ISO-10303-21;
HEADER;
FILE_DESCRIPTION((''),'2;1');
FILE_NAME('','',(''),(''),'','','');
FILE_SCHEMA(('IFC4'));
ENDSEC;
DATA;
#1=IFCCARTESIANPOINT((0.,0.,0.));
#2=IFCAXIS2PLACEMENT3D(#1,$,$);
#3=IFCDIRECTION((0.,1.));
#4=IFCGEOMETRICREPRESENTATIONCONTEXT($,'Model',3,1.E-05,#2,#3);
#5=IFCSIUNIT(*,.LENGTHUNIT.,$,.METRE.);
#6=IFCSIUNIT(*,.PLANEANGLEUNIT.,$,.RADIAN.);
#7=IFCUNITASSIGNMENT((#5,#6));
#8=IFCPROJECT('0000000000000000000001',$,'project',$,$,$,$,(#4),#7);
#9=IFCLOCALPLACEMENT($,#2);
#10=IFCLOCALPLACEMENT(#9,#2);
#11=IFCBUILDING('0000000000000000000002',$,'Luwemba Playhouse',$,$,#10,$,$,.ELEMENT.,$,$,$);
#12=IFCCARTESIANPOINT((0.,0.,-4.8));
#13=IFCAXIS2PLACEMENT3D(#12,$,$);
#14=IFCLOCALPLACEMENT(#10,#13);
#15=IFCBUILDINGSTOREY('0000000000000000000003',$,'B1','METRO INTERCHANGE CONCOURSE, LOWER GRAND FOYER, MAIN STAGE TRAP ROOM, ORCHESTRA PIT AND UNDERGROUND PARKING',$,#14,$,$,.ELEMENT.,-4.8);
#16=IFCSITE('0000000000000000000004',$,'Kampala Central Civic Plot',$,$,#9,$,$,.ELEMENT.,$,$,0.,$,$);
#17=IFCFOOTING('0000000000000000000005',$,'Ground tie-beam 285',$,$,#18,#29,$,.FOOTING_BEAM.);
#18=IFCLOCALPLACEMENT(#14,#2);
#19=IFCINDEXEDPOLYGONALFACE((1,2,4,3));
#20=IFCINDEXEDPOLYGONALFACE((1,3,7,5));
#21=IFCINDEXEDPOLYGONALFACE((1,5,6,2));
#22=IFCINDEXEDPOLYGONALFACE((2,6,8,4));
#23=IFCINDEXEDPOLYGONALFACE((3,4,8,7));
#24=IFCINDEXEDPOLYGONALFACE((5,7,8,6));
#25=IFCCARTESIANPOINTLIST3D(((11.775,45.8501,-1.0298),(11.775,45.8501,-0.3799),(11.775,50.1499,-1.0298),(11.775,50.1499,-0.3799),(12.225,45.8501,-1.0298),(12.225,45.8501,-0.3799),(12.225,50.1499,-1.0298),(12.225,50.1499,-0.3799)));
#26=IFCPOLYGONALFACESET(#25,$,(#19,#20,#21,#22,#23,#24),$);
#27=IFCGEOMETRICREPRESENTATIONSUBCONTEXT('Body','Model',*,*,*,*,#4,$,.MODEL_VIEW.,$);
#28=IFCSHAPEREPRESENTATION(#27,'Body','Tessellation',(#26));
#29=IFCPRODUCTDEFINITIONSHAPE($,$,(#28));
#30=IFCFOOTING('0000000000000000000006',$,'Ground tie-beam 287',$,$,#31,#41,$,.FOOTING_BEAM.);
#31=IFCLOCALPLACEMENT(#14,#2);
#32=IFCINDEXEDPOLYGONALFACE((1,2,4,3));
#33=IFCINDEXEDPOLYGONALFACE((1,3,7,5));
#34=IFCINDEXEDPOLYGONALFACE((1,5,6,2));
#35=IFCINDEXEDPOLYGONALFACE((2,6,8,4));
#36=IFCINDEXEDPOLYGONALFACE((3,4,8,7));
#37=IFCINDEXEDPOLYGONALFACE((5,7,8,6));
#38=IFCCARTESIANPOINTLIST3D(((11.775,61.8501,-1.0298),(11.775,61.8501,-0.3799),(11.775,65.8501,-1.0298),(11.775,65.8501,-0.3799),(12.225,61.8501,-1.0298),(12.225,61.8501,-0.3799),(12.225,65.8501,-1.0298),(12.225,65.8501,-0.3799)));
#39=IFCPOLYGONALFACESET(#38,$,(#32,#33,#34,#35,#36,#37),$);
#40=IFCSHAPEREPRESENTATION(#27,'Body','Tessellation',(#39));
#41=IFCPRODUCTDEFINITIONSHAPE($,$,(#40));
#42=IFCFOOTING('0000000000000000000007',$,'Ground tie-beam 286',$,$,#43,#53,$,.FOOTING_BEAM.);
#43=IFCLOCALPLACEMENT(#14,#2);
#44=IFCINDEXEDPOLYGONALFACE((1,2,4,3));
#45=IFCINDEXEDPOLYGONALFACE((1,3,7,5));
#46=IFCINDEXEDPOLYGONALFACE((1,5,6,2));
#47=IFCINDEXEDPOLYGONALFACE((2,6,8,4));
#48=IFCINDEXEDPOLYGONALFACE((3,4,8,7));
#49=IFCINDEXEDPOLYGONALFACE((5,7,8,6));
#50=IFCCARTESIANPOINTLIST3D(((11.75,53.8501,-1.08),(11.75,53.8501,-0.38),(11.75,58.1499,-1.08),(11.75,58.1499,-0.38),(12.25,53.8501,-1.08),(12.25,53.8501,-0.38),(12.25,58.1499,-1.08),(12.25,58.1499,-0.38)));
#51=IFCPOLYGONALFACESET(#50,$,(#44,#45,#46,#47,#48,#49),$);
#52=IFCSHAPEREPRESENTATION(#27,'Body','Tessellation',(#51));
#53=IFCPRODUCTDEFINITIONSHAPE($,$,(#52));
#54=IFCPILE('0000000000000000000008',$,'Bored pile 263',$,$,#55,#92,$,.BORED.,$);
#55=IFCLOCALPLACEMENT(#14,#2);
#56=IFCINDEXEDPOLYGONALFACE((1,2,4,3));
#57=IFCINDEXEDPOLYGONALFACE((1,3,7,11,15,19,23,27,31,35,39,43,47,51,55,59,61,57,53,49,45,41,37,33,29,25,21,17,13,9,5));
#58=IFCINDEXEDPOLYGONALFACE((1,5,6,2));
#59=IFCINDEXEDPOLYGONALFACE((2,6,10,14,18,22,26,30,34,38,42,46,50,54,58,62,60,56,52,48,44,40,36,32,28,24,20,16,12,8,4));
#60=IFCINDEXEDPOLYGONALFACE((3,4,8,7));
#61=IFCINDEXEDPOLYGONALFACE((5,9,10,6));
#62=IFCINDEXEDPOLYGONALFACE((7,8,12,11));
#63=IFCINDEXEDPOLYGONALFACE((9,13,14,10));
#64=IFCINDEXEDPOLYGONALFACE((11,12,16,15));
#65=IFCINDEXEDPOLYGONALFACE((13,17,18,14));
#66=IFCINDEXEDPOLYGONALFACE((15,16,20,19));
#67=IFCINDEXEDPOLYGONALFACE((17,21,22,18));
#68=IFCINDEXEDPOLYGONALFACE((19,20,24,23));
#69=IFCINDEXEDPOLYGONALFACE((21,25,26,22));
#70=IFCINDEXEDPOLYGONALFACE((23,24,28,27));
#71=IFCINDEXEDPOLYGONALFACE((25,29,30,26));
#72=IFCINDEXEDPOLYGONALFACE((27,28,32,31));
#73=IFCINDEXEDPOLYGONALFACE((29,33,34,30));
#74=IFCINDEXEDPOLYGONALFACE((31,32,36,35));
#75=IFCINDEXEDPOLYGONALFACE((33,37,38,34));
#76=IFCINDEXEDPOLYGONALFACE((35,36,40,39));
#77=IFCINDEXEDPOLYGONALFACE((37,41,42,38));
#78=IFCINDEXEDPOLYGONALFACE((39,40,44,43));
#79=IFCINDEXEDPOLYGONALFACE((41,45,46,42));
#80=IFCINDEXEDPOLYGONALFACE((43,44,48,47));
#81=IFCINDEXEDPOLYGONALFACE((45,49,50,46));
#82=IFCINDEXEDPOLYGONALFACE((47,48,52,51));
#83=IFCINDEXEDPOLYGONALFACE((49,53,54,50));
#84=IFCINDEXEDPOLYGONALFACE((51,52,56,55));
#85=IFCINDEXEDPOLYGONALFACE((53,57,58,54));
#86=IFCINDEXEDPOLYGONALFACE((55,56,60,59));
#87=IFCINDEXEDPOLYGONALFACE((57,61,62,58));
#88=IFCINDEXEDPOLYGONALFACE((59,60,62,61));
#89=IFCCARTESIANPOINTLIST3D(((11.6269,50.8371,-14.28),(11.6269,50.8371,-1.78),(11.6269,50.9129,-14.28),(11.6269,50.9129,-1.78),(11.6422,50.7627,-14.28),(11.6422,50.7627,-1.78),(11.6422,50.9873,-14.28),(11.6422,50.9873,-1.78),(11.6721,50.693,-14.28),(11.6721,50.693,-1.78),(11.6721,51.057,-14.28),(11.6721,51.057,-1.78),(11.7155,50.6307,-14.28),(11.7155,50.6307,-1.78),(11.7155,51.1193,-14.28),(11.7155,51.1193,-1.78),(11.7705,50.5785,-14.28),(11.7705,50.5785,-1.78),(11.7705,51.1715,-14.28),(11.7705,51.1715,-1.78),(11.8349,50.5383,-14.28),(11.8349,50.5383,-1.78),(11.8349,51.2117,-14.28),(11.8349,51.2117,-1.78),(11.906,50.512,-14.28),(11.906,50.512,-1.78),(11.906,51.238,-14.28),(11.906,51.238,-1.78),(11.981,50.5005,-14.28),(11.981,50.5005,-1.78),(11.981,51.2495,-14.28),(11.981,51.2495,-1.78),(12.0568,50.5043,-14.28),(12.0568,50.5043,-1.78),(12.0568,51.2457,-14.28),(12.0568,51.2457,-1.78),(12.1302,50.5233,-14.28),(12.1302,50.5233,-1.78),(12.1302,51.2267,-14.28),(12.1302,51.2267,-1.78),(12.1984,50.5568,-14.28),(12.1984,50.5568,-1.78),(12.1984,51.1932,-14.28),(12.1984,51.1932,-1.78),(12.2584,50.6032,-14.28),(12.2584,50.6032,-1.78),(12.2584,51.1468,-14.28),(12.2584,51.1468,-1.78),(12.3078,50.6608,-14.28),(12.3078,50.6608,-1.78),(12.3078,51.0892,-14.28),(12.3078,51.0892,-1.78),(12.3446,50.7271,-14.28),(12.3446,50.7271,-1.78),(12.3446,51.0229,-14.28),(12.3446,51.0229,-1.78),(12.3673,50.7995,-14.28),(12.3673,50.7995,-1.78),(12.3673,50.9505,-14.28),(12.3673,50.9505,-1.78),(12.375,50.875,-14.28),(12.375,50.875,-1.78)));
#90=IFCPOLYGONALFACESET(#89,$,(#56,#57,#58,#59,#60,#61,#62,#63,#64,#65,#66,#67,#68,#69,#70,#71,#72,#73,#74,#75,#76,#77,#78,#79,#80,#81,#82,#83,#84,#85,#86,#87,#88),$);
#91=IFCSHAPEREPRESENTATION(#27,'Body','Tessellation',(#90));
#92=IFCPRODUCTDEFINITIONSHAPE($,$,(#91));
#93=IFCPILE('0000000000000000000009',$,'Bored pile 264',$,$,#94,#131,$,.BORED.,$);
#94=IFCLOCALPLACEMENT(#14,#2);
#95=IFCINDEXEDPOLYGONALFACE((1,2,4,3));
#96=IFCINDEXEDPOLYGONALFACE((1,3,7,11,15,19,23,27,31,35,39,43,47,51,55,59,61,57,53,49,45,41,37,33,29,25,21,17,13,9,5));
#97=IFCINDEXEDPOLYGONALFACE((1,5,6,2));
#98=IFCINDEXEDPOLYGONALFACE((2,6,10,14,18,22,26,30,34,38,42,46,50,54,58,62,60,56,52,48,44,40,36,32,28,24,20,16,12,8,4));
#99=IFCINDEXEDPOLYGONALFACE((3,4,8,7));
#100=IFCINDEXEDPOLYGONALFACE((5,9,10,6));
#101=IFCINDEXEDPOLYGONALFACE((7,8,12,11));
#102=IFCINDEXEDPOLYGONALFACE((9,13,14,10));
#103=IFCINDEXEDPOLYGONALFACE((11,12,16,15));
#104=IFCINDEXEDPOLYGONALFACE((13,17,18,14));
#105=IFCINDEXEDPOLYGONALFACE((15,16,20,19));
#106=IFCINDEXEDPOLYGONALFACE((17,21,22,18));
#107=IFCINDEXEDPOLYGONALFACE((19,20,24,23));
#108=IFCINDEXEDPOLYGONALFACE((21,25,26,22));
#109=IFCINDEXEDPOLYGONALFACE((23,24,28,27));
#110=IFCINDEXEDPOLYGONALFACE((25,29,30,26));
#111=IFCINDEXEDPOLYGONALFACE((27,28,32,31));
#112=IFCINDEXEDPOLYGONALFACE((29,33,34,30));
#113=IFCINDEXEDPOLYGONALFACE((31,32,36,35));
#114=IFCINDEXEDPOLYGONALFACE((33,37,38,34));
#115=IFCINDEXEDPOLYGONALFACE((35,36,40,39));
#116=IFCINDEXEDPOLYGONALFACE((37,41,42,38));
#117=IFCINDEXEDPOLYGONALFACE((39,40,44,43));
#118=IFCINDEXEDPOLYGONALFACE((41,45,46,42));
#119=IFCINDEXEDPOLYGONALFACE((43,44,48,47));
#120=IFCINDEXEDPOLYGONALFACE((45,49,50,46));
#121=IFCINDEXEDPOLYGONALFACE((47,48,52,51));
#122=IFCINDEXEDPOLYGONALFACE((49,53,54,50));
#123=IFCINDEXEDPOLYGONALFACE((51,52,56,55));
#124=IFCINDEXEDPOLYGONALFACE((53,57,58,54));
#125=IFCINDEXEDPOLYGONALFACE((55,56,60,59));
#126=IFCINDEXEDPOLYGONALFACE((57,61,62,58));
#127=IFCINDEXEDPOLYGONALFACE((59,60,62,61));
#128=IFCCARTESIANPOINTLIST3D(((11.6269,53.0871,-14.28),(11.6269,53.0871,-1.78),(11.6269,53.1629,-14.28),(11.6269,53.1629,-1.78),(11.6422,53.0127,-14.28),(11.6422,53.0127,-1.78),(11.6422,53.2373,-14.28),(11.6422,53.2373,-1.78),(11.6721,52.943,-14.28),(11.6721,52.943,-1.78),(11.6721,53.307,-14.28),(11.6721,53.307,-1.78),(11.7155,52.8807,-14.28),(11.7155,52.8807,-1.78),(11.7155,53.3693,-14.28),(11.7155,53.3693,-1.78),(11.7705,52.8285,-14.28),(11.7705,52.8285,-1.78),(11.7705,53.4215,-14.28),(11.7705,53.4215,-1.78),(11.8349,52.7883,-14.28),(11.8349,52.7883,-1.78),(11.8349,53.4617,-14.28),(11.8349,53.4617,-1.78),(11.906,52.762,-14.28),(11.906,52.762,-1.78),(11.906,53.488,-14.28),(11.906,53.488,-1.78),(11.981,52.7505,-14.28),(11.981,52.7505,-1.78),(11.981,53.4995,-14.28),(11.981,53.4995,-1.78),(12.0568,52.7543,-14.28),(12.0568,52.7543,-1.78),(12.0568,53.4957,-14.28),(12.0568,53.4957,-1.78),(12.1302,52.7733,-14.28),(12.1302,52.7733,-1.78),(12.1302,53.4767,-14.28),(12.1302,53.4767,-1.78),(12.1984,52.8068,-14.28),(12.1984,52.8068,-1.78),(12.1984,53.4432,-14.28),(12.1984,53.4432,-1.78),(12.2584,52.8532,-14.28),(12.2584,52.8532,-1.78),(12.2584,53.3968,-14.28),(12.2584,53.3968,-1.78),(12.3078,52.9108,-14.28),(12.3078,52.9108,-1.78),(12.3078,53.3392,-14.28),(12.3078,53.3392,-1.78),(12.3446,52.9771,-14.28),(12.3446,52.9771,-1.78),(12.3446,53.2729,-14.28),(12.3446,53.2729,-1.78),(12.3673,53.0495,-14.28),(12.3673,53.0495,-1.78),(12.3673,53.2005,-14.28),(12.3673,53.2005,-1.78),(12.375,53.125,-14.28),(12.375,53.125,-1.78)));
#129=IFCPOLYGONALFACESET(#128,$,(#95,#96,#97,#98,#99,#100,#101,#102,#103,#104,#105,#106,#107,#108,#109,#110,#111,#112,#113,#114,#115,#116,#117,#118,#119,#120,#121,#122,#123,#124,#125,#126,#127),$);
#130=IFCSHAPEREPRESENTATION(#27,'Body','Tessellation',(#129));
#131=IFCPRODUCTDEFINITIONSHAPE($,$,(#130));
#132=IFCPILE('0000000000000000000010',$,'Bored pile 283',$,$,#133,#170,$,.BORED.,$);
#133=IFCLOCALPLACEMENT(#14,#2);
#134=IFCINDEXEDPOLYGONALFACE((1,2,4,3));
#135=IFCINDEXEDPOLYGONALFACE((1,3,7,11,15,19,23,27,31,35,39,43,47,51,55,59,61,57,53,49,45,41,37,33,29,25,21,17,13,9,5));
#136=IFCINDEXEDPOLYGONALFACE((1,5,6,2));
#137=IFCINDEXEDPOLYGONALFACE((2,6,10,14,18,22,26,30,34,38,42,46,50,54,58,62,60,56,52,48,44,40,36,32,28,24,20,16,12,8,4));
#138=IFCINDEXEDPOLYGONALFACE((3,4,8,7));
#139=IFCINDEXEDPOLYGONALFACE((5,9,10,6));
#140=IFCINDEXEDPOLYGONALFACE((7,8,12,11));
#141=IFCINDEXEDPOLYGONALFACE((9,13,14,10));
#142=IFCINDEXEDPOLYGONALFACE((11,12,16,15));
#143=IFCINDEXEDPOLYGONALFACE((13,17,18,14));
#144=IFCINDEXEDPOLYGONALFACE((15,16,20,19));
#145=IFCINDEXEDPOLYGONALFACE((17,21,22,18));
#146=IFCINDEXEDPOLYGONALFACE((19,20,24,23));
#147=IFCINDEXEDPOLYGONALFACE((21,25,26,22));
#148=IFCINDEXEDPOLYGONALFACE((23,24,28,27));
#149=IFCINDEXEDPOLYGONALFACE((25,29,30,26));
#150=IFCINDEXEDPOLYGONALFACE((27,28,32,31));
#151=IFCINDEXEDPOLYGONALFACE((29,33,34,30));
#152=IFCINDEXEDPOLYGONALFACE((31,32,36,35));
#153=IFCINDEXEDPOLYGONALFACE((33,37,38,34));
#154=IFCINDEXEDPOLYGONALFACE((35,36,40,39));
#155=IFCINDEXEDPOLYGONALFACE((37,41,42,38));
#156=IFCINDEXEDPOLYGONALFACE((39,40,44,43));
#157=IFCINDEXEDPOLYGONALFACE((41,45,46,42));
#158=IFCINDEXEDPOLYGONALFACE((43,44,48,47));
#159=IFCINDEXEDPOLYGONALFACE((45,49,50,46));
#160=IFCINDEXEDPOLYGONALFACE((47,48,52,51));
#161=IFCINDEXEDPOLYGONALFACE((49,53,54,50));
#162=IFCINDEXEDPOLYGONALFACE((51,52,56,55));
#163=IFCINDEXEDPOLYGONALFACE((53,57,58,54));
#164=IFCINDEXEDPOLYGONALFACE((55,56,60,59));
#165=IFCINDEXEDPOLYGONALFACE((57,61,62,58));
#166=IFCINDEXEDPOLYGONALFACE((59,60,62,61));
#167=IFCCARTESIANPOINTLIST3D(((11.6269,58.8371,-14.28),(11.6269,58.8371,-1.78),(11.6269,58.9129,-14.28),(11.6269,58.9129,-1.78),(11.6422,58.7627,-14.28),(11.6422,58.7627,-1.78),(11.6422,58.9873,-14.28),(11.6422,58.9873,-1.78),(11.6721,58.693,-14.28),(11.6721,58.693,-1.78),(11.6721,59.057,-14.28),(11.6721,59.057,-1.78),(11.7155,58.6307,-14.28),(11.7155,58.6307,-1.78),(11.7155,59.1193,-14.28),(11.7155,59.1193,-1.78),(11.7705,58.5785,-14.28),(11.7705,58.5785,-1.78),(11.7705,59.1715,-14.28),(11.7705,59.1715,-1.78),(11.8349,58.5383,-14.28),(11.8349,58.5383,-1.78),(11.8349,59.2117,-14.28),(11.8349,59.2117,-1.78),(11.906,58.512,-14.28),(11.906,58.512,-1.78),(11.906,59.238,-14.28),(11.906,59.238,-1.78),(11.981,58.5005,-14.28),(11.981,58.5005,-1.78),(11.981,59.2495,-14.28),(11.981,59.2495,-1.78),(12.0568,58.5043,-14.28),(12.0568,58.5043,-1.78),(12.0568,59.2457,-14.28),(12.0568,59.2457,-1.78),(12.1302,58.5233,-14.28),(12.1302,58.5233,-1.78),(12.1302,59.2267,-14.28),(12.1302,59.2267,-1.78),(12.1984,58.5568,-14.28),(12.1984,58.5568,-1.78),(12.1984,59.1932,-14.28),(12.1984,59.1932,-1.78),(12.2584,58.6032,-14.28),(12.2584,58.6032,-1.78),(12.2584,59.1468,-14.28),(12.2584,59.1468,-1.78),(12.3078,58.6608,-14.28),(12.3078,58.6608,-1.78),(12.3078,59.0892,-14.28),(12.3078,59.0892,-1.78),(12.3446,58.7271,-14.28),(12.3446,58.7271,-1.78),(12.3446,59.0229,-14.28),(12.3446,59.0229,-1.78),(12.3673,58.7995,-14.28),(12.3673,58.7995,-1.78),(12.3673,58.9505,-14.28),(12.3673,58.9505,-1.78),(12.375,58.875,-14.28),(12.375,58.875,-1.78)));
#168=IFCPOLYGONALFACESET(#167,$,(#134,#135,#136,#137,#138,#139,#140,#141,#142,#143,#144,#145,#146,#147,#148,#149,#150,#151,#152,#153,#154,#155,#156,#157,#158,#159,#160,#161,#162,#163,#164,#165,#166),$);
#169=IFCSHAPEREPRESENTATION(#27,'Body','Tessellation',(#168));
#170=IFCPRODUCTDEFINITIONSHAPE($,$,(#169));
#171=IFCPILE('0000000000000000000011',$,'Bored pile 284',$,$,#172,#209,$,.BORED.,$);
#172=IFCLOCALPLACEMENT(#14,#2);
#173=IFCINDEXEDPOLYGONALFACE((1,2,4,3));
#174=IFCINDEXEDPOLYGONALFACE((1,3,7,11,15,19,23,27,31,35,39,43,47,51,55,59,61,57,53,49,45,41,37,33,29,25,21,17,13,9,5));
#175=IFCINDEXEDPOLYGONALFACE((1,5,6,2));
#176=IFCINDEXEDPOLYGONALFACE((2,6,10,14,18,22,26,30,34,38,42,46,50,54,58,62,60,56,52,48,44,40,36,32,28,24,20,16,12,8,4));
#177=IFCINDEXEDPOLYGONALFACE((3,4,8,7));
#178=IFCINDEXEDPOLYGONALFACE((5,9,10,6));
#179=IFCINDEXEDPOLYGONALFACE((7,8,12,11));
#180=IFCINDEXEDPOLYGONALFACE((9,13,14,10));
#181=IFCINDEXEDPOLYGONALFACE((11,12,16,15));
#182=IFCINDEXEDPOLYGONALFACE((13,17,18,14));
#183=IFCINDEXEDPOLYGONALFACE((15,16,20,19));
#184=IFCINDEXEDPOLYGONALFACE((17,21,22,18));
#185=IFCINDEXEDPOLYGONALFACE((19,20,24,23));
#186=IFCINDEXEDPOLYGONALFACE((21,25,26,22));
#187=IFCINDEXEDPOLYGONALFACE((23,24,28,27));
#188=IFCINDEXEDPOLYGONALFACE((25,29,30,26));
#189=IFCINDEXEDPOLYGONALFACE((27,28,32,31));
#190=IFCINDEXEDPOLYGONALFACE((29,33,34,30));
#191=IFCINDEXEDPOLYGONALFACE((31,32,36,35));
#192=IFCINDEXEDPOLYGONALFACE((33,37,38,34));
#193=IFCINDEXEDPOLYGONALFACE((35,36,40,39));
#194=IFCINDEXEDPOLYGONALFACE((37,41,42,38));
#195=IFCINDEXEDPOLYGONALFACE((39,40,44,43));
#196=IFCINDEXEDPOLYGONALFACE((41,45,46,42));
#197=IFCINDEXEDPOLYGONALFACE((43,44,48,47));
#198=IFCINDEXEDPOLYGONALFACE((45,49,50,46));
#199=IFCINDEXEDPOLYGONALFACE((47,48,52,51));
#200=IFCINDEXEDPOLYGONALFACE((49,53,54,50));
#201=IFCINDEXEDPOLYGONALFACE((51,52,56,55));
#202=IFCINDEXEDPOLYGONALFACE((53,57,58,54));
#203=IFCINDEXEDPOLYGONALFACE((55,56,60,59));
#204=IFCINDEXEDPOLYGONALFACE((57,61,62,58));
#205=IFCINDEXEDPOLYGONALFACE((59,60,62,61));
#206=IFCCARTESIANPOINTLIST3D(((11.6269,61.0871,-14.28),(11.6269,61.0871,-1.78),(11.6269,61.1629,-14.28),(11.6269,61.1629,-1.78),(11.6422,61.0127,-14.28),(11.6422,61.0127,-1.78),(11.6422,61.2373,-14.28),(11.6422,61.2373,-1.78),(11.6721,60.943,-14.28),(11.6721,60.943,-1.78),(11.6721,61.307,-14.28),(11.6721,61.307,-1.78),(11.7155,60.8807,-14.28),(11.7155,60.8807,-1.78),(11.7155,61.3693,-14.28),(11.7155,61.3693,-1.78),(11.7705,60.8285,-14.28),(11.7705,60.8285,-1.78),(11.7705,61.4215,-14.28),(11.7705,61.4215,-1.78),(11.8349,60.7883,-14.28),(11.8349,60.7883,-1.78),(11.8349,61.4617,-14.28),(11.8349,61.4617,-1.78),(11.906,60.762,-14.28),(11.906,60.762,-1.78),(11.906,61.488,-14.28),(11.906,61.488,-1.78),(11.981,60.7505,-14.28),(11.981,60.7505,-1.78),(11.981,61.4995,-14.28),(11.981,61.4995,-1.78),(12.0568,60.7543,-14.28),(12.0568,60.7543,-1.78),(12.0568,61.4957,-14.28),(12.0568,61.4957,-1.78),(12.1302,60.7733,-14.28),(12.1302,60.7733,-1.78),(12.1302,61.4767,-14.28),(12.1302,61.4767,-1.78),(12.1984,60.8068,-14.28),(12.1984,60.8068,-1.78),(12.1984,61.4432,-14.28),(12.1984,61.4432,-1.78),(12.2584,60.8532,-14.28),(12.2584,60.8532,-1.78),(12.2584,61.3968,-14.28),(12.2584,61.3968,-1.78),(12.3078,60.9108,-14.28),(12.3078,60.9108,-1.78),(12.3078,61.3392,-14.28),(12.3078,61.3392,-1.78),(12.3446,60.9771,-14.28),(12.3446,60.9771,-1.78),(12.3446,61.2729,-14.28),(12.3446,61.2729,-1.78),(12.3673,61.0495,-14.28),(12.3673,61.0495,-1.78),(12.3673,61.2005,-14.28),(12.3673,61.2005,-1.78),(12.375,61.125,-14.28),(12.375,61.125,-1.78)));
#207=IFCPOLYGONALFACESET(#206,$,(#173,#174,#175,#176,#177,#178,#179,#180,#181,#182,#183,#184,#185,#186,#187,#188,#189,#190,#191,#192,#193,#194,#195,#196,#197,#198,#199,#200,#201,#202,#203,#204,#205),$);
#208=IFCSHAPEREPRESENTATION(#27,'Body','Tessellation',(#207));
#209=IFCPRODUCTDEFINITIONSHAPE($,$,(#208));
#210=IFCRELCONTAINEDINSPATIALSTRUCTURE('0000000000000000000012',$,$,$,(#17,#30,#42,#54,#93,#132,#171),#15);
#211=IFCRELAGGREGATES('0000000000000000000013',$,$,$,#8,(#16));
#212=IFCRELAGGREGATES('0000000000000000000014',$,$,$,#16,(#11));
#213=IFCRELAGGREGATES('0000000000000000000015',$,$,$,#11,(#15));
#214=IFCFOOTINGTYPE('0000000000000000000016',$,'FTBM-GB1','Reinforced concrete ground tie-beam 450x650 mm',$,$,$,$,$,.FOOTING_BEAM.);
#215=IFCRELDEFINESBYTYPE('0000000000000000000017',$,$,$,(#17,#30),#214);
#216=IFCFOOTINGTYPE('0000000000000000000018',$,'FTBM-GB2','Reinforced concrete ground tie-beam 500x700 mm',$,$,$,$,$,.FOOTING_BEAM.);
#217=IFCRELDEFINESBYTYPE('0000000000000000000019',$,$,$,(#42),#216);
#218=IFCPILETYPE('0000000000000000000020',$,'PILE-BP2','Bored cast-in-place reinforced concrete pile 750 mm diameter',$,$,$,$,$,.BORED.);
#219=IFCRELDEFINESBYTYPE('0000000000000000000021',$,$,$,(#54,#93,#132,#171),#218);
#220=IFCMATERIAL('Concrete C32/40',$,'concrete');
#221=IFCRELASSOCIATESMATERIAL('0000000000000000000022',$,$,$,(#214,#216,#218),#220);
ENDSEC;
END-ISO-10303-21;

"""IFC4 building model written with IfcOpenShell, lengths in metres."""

from ifc_helpers import new_model, si_unit, direction, frame, origin, origin_2d, place, context, subcontext, project, spatial, rectangle, circle, extrude, material, material_profile, profile_set, type_object, element, save


model = new_model("IFC4")

# Units and contexts
model_context = context("Model", 3, precision=1e-05, world=origin(), true_north=direction((0.0, 1.0)))
body_context = subcontext(model_context, "Body", "Model", "MODEL_VIEW")
ifc_project = project(units=[si_unit("LENGTHUNIT", "METRE"), si_unit("PLANEANGLEUNIT", "RADIAN")], contexts=[model_context])

# Site, building, storey
site_placement = place(None, origin())
site = spatial("IfcSite", under=ifc_project, at=site_placement, Name="Kampala Central Civic Plot", CompositionType="ELEMENT", RefElevation=0.0)
building_placement = place(site_placement, origin())
building = spatial("IfcBuilding", under=site, at=building_placement, Name="Luwemba Playhouse", CompositionType="ELEMENT")
storey_placement = place(building_placement, frame((0.0, 0.0, -4.8)))
storey = spatial("IfcBuildingStorey", under=building, at=storey_placement, Name="B1", Description="METRO INTERCHANGE CONCOURSE, LOWER GRAND FOYER, MAIN STAGE TRAP ROOM, ORCHESTRA PIT AND UNDERGROUND PARKING", CompositionType="ELEMENT", Elevation=-4.8)

# Footings
ifc_material_1 = material(Name="Concrete C32/40", Category="concrete")
ifc_material_profile_1 = material_profile(ifc_material_1, rectangle(XDim=0.45, YDim=0.6499, at=origin_2d()))
ifc_profile_set_1 = profile_set([ifc_material_profile_1], Name="Concrete C32/40")
footing_type_1 = type_object("IfcFootingType", Name="FTBM-GB1", Description="Reinforced concrete ground tie-beam 450x650 mm", PredefinedType="FOOTING_BEAM", material=ifc_profile_set_1)
footing_1_placement = place(storey_placement, frame((12.0, 45.8501, -0.7048), z_axis=(0.0, 1.0, 0.0), x_axis=(-1.0, 0.0, 0.0)))
element("IfcFooting", 1, at=footing_1_placement, inside=storey, type_object=footing_type_1, Name="Ground tie-beam 285", PredefinedType="FOOTING_BEAM", context=body_context, shape_type="SweptSolid", body=[
    extrude(rectangle(XDim=0.45, YDim=0.6499, at=origin_2d()), origin(), (0.0, 0.0, 1.0), 4.2998),
])
footing_2_placement = place(storey_placement, frame((12.0, 61.8501, -0.7048), z_axis=(0.0, 1.0, 0.0), x_axis=(-1.0, 0.0, 0.0)))
element("IfcFooting", 2, at=footing_2_placement, inside=storey, type_object=footing_type_1, Name="Ground tie-beam 287", PredefinedType="FOOTING_BEAM", context=body_context, shape_type="SweptSolid", body=[
    extrude(rectangle(XDim=0.45, YDim=0.6499, at=origin_2d()), origin(), (0.0, 0.0, 1.0), 4.0),
])
ifc_material_profile_2 = material_profile(ifc_material_1, rectangle(XDim=0.5, YDim=0.7, at=origin_2d()))
ifc_profile_set_2 = profile_set([ifc_material_profile_2], Name="Concrete C32/40")
footing_type_2 = type_object("IfcFootingType", Name="FTBM-GB2", Description="Reinforced concrete ground tie-beam 500x700 mm", PredefinedType="FOOTING_BEAM", material=ifc_profile_set_2)
footing_3_placement = place(storey_placement, frame((12.0, 53.8501, -0.73), z_axis=(0.0, 1.0, 0.0), x_axis=(-1.0, 0.0, 0.0)))
element("IfcFooting", 3, at=footing_3_placement, inside=storey, type_object=footing_type_2, Name="Ground tie-beam 286", PredefinedType="FOOTING_BEAM", context=body_context, shape_type="SweptSolid", body=[
    extrude(rectangle(XDim=0.5, YDim=0.7, at=origin_2d()), origin(), (0.0, 0.0, 1.0), 4.2998),
])

# Piles
ifc_material_profile_3 = material_profile(ifc_material_1, circle(Radius=0.375, at=origin_2d()))
ifc_profile_set_3 = profile_set([ifc_material_profile_3], Name="Concrete C32/40")
pile_type_1 = type_object("IfcPileType", Name="PILE-BP2", Description="Bored cast-in-place reinforced concrete pile 750 mm diameter", PredefinedType="BORED", material=ifc_profile_set_3)
for number, where, z_axis, x_axis, name in (
    (4, (12.0, 50.875, -1.78), (0.0, 0.0, -1.0), (1.0, 0.0, 0.0), "Bored pile 263"),
    (5, (12.0, 53.125, -1.78), (0.0, 0.0, -1.0), (1.0, 0.0, 0.0), "Bored pile 264"),
    (6, (12.0, 58.875, -1.78), (0.0, 0.0, -1.0), (1.0, 0.0, 0.0), "Bored pile 283"),
    (7, (12.0, 61.125, -1.78), (0.0, 0.0, -1.0), (1.0, 0.0, 0.0), "Bored pile 284"),
):
    element("IfcPile", number, at=place(storey_placement, frame(where, z_axis=z_axis, x_axis=x_axis)), inside=storey, type_object=pile_type_1, Name=name, PredefinedType="BORED", context=body_context, shape_type="SweptSolid", body=[
        extrude(circle(Radius=0.375, at=origin_2d()), origin(), (0.0, 0.0, 1.0), 12.5),
    ])

save(model, "model.ifc")
